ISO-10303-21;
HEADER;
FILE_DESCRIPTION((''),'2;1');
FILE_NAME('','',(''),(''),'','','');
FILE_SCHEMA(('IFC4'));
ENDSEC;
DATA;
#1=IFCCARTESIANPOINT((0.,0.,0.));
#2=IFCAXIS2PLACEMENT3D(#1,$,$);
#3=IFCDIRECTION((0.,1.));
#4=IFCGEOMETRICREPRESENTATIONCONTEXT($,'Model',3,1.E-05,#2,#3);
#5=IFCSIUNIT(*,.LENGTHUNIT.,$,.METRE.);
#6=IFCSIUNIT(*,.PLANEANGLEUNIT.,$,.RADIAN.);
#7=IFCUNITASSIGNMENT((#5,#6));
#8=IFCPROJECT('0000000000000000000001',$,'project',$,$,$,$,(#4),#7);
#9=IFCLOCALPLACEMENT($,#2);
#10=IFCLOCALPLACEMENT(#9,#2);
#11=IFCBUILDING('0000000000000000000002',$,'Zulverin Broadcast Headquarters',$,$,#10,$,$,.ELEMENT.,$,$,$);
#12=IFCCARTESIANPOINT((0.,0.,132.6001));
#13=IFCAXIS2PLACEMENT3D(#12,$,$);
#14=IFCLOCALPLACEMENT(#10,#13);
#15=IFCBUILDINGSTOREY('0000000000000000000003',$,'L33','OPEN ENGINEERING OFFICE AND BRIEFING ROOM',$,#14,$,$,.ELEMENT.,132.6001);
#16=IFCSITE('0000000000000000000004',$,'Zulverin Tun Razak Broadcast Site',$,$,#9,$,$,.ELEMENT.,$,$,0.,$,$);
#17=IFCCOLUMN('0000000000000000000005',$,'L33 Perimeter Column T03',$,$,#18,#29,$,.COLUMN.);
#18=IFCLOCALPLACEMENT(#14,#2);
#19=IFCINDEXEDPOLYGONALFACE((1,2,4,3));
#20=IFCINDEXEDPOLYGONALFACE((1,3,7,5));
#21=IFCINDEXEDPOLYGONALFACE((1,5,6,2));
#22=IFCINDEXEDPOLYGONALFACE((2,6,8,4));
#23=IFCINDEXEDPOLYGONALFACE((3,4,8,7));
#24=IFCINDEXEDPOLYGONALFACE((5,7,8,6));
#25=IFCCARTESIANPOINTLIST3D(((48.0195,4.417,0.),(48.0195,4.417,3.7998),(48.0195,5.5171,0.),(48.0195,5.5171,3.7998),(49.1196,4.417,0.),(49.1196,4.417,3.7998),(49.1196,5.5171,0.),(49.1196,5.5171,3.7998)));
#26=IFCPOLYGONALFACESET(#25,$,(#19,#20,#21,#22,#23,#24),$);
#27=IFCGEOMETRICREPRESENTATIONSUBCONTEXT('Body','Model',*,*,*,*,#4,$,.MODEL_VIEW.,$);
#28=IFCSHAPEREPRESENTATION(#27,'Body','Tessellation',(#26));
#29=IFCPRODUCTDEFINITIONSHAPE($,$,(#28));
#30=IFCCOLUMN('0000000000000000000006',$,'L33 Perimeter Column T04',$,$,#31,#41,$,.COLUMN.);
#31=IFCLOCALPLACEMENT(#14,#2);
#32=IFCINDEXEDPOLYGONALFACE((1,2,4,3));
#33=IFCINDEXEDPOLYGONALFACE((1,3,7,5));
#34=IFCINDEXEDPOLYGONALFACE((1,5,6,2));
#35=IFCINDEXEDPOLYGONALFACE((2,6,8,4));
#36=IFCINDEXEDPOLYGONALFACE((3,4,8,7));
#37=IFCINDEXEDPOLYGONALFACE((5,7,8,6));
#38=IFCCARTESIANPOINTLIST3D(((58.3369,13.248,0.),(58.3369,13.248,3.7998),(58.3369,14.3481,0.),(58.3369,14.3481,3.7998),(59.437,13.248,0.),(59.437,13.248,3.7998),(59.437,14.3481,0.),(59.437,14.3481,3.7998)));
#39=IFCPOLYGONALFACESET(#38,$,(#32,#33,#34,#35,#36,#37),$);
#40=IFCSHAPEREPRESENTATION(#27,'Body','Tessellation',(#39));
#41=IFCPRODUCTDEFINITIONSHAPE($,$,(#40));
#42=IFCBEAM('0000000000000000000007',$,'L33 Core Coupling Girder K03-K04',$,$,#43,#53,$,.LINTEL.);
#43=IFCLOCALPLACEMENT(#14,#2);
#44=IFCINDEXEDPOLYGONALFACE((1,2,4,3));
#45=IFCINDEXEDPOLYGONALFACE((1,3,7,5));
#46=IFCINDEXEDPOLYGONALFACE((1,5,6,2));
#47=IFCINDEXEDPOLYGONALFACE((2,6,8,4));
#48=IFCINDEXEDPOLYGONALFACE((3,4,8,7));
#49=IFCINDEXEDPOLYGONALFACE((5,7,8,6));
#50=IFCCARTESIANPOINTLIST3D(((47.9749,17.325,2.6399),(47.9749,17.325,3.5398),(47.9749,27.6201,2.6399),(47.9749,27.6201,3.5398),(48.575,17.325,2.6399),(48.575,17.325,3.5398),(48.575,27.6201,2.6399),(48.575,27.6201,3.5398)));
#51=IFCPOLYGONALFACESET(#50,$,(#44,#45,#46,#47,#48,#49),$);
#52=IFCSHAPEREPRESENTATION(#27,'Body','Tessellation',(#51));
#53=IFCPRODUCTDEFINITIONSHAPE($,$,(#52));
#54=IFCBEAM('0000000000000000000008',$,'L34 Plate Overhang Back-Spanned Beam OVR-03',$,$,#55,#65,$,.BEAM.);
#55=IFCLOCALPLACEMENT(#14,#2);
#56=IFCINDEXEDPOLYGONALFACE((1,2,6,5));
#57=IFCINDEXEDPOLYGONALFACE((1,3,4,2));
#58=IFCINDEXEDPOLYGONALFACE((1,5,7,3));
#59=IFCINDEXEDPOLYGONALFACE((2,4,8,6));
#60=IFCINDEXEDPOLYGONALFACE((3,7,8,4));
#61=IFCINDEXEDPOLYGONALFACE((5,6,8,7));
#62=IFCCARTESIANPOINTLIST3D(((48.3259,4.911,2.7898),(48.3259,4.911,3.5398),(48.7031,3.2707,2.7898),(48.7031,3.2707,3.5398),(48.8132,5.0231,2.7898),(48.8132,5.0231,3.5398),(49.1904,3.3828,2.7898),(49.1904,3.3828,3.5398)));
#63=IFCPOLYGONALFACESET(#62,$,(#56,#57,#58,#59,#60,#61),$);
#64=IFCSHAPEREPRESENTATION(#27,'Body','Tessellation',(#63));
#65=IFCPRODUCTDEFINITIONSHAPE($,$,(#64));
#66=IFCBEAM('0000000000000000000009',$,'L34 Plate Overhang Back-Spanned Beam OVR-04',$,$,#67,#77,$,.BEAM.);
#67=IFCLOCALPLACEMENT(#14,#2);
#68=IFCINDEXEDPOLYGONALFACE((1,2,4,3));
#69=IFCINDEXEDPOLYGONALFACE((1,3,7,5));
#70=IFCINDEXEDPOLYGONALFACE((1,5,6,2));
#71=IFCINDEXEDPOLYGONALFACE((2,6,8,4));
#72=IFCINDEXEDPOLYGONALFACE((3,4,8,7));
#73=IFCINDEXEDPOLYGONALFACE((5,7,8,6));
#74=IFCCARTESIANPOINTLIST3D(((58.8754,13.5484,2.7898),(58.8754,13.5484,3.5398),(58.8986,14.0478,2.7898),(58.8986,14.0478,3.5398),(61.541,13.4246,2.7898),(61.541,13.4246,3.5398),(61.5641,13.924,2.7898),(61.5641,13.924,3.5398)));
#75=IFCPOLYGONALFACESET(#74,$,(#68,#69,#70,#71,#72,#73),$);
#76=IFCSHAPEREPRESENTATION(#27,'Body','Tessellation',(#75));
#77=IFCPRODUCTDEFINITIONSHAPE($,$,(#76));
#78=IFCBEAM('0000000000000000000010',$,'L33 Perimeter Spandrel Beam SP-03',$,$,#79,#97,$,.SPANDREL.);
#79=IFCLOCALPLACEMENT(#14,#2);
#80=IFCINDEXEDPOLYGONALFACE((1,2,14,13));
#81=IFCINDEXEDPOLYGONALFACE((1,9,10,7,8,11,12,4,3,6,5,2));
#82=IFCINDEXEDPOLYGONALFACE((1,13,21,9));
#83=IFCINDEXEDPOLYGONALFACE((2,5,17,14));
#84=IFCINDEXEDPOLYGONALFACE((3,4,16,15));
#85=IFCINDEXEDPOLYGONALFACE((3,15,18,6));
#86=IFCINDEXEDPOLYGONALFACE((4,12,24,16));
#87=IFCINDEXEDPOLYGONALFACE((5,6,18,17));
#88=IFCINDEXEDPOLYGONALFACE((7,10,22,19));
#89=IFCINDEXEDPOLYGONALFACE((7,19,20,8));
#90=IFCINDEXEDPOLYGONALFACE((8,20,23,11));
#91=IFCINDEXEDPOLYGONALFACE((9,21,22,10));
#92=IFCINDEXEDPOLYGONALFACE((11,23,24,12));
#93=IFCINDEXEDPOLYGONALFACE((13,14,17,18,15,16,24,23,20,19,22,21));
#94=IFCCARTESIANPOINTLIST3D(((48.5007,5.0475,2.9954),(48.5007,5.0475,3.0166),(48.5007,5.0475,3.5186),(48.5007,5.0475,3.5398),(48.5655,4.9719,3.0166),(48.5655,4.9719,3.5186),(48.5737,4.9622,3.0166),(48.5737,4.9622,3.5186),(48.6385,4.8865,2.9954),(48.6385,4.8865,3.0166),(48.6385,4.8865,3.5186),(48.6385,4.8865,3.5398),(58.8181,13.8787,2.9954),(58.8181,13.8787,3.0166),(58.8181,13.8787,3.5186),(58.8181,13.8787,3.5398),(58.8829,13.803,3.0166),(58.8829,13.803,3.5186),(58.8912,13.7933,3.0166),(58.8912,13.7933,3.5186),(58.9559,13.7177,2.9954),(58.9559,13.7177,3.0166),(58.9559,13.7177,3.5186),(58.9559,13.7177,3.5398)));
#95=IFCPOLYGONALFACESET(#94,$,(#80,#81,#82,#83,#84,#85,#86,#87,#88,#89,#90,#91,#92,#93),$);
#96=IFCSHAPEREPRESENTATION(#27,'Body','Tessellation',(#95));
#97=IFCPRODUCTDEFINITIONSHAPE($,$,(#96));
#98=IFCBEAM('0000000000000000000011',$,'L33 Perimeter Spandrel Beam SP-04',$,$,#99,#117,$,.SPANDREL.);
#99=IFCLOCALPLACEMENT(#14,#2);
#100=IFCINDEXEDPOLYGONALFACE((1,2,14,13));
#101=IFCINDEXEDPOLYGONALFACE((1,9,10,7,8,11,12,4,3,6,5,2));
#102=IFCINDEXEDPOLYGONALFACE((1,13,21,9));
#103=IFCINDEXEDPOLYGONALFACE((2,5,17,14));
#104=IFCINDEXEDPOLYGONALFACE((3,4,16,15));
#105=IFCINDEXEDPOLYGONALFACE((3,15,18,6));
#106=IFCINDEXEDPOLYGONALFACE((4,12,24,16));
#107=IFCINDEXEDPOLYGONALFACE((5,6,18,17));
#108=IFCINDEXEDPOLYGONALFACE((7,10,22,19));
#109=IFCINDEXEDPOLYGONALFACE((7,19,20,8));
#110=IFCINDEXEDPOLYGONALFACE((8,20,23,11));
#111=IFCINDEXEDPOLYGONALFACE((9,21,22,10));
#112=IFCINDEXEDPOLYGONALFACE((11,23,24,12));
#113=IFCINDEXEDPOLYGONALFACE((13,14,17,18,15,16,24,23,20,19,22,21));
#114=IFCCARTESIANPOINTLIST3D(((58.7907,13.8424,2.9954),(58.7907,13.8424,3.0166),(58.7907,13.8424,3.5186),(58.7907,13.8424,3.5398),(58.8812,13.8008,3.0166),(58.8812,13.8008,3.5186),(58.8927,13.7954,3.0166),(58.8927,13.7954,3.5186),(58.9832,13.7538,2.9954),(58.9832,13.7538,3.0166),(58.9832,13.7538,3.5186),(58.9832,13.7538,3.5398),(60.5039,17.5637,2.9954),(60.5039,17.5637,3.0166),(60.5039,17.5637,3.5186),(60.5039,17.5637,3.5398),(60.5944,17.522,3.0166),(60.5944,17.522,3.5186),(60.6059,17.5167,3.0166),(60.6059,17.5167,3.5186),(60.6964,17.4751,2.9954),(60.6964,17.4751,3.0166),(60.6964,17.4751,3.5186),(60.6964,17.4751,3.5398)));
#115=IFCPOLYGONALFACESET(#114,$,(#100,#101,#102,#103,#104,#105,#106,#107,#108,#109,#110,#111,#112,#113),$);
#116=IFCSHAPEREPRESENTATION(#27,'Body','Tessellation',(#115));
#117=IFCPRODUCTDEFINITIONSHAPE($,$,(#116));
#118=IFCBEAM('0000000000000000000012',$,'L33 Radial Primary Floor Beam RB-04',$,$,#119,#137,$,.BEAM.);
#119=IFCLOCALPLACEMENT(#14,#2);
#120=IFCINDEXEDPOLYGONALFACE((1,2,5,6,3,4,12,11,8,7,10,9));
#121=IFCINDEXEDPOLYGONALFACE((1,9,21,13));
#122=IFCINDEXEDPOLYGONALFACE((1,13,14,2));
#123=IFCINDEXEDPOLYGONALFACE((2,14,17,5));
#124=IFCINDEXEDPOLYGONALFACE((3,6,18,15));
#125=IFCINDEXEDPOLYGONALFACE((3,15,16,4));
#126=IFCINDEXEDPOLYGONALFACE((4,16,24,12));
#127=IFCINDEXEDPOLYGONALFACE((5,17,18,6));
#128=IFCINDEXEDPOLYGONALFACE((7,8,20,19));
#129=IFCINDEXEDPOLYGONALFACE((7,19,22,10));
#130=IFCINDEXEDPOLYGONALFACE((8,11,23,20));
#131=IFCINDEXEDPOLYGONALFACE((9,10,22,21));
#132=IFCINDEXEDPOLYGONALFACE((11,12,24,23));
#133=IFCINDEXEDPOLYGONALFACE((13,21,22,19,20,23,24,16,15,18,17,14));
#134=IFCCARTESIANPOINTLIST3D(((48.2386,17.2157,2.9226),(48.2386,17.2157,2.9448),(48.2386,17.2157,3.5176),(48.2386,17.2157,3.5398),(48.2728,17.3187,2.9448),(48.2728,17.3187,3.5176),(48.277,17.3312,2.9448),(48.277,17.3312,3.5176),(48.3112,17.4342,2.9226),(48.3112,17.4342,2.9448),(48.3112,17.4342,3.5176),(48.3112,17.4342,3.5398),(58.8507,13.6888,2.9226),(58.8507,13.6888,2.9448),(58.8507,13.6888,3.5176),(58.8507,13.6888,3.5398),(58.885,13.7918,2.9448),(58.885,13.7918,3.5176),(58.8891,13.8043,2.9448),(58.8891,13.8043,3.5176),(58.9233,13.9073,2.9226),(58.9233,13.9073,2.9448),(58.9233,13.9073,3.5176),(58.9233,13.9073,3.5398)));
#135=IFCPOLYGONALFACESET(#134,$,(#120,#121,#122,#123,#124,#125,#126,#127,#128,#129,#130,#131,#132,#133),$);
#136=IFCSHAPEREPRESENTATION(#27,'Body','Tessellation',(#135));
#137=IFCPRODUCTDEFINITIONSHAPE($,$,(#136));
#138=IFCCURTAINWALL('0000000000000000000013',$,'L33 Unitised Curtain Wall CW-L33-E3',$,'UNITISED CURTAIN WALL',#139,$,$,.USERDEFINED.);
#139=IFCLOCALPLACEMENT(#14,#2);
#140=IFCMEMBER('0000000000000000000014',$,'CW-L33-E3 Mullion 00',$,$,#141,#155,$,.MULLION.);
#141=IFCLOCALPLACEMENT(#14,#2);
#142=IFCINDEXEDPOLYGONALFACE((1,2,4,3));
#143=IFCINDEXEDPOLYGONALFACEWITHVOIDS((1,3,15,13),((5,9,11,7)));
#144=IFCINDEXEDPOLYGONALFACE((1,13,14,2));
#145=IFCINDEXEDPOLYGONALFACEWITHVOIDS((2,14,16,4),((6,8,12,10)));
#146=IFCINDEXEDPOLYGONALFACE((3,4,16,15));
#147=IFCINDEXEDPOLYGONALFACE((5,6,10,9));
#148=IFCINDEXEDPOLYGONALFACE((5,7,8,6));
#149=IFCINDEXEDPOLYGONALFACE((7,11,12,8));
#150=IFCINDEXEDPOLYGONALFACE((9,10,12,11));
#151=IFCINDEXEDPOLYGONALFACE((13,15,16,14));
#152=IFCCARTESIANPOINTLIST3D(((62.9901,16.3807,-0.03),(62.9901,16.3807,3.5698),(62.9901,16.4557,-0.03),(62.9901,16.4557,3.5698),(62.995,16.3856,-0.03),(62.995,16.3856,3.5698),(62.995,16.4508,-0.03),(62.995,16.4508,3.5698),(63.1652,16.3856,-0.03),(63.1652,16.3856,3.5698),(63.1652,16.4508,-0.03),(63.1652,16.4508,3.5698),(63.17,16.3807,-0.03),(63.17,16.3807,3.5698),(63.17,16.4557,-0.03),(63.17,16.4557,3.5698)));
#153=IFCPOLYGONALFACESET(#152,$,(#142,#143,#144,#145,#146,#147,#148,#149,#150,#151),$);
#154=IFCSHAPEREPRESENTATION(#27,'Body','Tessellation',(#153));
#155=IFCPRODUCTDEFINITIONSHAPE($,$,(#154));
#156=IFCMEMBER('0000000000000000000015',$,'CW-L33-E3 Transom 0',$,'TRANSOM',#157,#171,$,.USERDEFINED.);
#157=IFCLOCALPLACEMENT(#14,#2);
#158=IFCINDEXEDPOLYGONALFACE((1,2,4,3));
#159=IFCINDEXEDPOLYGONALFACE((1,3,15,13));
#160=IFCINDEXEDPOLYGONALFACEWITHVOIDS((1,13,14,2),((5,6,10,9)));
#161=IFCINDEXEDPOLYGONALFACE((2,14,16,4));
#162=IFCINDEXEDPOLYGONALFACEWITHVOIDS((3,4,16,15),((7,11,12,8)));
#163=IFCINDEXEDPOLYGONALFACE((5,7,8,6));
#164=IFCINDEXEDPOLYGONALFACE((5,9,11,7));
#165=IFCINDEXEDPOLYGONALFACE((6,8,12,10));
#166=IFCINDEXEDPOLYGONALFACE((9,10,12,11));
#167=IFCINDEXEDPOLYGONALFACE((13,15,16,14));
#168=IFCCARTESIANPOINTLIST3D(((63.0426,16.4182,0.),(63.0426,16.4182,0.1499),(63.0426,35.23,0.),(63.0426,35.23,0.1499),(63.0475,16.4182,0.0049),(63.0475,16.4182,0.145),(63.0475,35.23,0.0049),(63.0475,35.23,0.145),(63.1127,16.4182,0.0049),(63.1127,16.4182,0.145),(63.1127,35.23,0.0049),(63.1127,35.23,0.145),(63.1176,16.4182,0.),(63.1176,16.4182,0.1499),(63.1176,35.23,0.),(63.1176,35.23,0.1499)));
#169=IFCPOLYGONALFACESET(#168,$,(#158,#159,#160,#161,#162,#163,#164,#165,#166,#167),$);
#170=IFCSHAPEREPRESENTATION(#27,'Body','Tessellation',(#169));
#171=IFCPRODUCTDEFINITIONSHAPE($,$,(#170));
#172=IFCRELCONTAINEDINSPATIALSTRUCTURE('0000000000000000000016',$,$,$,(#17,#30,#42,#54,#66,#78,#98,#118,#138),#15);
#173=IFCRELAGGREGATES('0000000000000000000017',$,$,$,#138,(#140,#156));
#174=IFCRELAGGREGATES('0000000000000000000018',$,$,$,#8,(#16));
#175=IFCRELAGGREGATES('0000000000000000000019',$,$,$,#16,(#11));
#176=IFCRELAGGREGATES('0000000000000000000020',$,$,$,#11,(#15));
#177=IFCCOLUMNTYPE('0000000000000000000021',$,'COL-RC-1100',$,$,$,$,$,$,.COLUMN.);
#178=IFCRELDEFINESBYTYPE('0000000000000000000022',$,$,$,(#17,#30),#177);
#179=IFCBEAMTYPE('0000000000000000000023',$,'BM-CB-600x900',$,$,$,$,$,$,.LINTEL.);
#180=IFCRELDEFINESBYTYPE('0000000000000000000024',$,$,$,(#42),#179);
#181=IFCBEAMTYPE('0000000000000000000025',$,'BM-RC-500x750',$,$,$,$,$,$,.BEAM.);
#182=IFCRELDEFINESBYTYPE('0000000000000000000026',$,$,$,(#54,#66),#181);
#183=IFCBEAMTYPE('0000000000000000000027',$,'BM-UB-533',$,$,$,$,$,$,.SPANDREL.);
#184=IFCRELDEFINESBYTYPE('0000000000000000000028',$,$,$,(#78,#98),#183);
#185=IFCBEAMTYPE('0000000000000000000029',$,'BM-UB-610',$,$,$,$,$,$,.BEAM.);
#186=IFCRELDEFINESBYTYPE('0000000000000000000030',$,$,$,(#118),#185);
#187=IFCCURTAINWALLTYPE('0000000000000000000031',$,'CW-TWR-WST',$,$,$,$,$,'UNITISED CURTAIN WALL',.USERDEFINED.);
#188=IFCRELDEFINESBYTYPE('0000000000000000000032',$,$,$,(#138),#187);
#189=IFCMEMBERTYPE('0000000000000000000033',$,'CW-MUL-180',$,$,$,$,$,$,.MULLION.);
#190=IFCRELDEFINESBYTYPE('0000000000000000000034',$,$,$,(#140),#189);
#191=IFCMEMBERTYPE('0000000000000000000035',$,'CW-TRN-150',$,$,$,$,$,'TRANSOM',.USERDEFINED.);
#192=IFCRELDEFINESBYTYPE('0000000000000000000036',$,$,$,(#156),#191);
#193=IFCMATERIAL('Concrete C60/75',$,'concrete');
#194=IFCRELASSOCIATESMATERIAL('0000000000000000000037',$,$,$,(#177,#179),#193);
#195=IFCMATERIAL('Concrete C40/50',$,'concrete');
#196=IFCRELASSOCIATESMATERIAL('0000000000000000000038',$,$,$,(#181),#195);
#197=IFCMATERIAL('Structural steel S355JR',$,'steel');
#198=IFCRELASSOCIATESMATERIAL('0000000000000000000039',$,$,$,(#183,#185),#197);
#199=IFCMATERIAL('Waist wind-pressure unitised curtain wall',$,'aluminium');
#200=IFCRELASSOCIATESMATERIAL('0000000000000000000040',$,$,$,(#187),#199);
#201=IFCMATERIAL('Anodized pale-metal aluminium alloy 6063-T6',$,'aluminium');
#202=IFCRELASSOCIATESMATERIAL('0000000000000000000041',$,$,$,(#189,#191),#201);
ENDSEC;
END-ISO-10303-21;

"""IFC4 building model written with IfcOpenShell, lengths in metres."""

from ifc_helpers import new_model, si_unit, direction, frame, origin, origin_2d, place, context, subcontext, project, spatial, rectangle, hollow_rectangle, i_section, extrude, material, material_profile, profile_set, type_object, element, aggregate, save


model = new_model("IFC4")

# Units and contexts
model_context = context("Model", 3, precision=1e-05, world=origin(), true_north=direction((0.0, 1.0)))
body_context = subcontext(model_context, "Body", "Model", "MODEL_VIEW")
ifc_project = project(units=[si_unit("LENGTHUNIT", "METRE"), si_unit("PLANEANGLEUNIT", "RADIAN")], contexts=[model_context])

# Site, building, storey
site_placement = place(None, origin())
site = spatial("IfcSite", under=ifc_project, at=site_placement, Name="Zulverin Tun Razak Broadcast Site", CompositionType="ELEMENT", RefElevation=0.0)
building_placement = place(site_placement, origin())
building = spatial("IfcBuilding", under=site, at=building_placement, Name="Zulverin Broadcast Headquarters", CompositionType="ELEMENT")
storey_placement = place(building_placement, frame((0.0, 0.0, 132.6001)))
storey = spatial("IfcBuildingStorey", under=building, at=storey_placement, Name="L33", Description="OPEN ENGINEERING OFFICE AND BRIEFING ROOM", CompositionType="ELEMENT", Elevation=132.6001)

# Columns
ifc_material_1 = material(Name="Concrete C60/75", Category="concrete")
ifc_material_profile_1 = material_profile(ifc_material_1, rectangle(XDim=1.1001, YDim=1.1001, at=origin_2d()), Name="Concrete C60/75", Category="concrete")
ifc_profile_set_1 = profile_set([ifc_material_profile_1], Name="Concrete C60/75")
column_type = type_object("IfcColumnType", Name="COL-RC-1100", PredefinedType="COLUMN", material=ifc_profile_set_1)
for number, where, z_axis, x_axis, name in (
    (1, (48.5696, 4.967, 0.0), (0.0, 0.0, 1.0), (1.0, 0.0, 0.0), "L33 Perimeter Column T03"),
    (2, (58.887, 13.7981, 0.0), (0.0, 0.0, 1.0), (1.0, 0.0, 0.0), "L33 Perimeter Column T04"),
):
    element("IfcColumn", number, at=place(storey_placement, frame(where, z_axis=z_axis, x_axis=x_axis)), inside=storey, type_object=column_type, Name=name, PredefinedType="COLUMN", context=body_context, shape_type="SweptSolid", body=[
        extrude(rectangle(XDim=1.1001, YDim=1.1001, at=origin_2d()), origin(), (0.0, 0.0, 1.0), 3.7998),
    ])

# Beams
ifc_material_profile_2 = material_profile(ifc_material_1, rectangle(XDim=0.6001, YDim=0.8999, at=origin_2d()), Name="Concrete C60/75", Category="concrete")
ifc_profile_set_2 = profile_set([ifc_material_profile_2], Name="Concrete C60/75")
beam_type_1 = type_object("IfcBeamType", Name="BM-CB-600x900", PredefinedType="LINTEL", material=ifc_profile_set_2)
beam_1_placement = place(storey_placement, frame((48.2749, 17.325, 3.0898), z_axis=(0.0, 1.0, 0.0), x_axis=(-1.0, 0.0, 0.0)))
element("IfcBeam", 3, at=beam_1_placement, inside=storey, type_object=beam_type_1, Name="L33 Core Coupling Girder K03-K04", PredefinedType="LINTEL", context=body_context, shape_type="SweptSolid", body=[
    extrude(rectangle(XDim=0.6001, YDim=0.8999, at=origin_2d()), origin(), (0.0, 0.0, 1.0), 10.2952),
])
ifc_material_2 = material(Name="Concrete C40/50", Category="concrete")
ifc_material_profile_3 = material_profile(ifc_material_2, rectangle(XDim=0.5, YDim=0.75, at=origin_2d()), Name="Concrete C40/50", Category="concrete")
ifc_profile_set_3 = profile_set([ifc_material_profile_3], Name="Concrete C40/50")
beam_type_2 = type_object("IfcBeamType", Name="BM-RC-500x750", PredefinedType="BEAM", material=ifc_profile_set_3)
beam_2_placement = place(storey_placement, frame((48.5696, 4.967, 3.1648), z_axis=(0.224097, -0.974567, 0.0), x_axis=(0.974567, 0.224097, 0.0)))
element("IfcBeam", 4, at=beam_2_placement, inside=storey, type_object=beam_type_2, Name="L34 Plate Overhang Back-Spanned Beam OVR-03", PredefinedType="BEAM", context=body_context, shape_type="SweptSolid", body=[
    extrude(rectangle(XDim=0.5, YDim=0.75, at=origin_2d()), origin(), (0.0, 0.0, 1.0), 1.6831),
])
beam_3_placement = place(storey_placement, frame((58.887, 13.7981, 3.1648), z_axis=(0.998924, -0.046387, 0.0), x_axis=(0.046387, 0.998924, 0.0)))
element("IfcBeam", 5, at=beam_3_placement, inside=storey, type_object=beam_type_2, Name="L34 Plate Overhang Back-Spanned Beam OVR-04", PredefinedType="BEAM", context=body_context, shape_type="SweptSolid", body=[
    extrude(rectangle(XDim=0.5, YDim=0.75, at=origin_2d()), origin(), (0.0, 0.0, 1.0), 2.6685),
])
ifc_material_3 = material(Name="Structural steel S355JR", Category="steel")
ifc_material_profile_4 = material_profile(ifc_material_3, i_section(OverallWidth=0.2119, OverallDepth=0.5444, WebThickness=0.0127, FlangeThickness=0.0212, at=origin_2d()), Name="Structural steel S355JR", Category="steel")
ifc_profile_set_4 = profile_set([ifc_material_profile_4], Name="Structural steel S355JR")
beam_type_3 = type_object("IfcBeamType", Name="BM-UB-533", PredefinedType="SPANDREL", material=ifc_profile_set_4)
beam_4_placement = place(storey_placement, frame((48.5696, 4.967, 3.2676), z_axis=(0.759708, 0.650264, 0.0), x_axis=(-0.650264, 0.759708, 0.0)))
element("IfcBeam", 6, at=beam_4_placement, inside=storey, type_object=beam_type_3, Name="L33 Perimeter Spandrel Beam SP-03", PredefinedType="SPANDREL", context=body_context, shape_type="SweptSolid", body=[
    extrude(i_section(OverallWidth=0.2119, OverallDepth=0.5444, WebThickness=0.0127, FlangeThickness=0.0212, at=origin_2d()), origin(), (0.0, 0.0, 1.0), 13.5808),
])
beam_5_placement = place(storey_placement, frame((58.887, 13.7981, 3.2676), z_axis=(0.418185, 0.908362, 0.0), x_axis=(-0.908362, 0.418185, 0.0)))
element("IfcBeam", 7, at=beam_5_placement, inside=storey, type_object=beam_type_3, Name="L33 Perimeter Spandrel Beam SP-04", PredefinedType="SPANDREL", context=body_context, shape_type="SweptSolid", body=[
    extrude(i_section(OverallWidth=0.2119, OverallDepth=0.5444, WebThickness=0.0127, FlangeThickness=0.0212, at=origin_2d()), origin(), (0.0, 0.0, 1.0), 4.0967),
])
ifc_material_profile_5 = material_profile(ifc_material_3, i_section(OverallWidth=0.2302, OverallDepth=0.6172, WebThickness=0.0132, FlangeThickness=0.0222, at=origin_2d()), Name="Structural steel S355JR", Category="steel")
ifc_profile_set_5 = profile_set([ifc_material_profile_5], Name="Structural steel S355JR")
beam_type_4 = type_object("IfcBeamType", Name="BM-UB-610", PredefinedType="BEAM", material=ifc_profile_set_5)
beam_6_placement = place(storey_placement, frame((48.2749, 17.325, 3.2312), z_axis=(0.948965, -0.315383, 0.0), x_axis=(0.315383, 0.948965, 0.0)))
element("IfcBeam", 8, at=beam_6_placement, inside=storey, type_object=beam_type_4, Name="L33 Radial Primary Floor Beam RB-04", PredefinedType="BEAM", context=body_context, shape_type="SweptSolid", body=[
    extrude(i_section(OverallWidth=0.2302, OverallDepth=0.6172, WebThickness=0.0132, FlangeThickness=0.0222, at=origin_2d()), origin(), (0.0, 0.0, 1.0), 11.1829),
])

# Curtain wall, members
ifc_material_4 = material(Name="Waist wind-pressure unitised curtain wall", Category="aluminium")
curtain_wall_type = type_object("IfcCurtainWallType", Name="CW-TWR-WST", ElementType="UNITISED CURTAIN WALL", PredefinedType="USERDEFINED", material=ifc_material_4)
curtain_wall_placement = place(storey_placement, origin())
curtain_wall = element("IfcCurtainWall", 9, at=curtain_wall_placement, inside=storey, type_object=curtain_wall_type, Name="L33 Unitised Curtain Wall CW-L33-E3", ObjectType="UNITISED CURTAIN WALL", PredefinedType="USERDEFINED")
ifc_material_5 = material(Name="Anodized pale-metal aluminium alloy 6063-T6", Category="aluminium")
ifc_material_profile_6 = material_profile(ifc_material_5, hollow_rectangle(XDim=0.075, YDim=0.1799, WallThickness=0.0049, at=origin_2d()), Name="Anodized pale-metal aluminium alloy 6063-T6", Category="aluminium")
ifc_profile_set_6 = profile_set([ifc_material_profile_6], Name="Anodized pale-metal aluminium alloy 6063-T6")
member_type_1 = type_object("IfcMemberType", Name="CW-MUL-180", PredefinedType="MULLION", material=ifc_profile_set_6)
member_1_placement = place(storey_placement, frame((63.0801, 16.4182, -0.03), z_axis=(0.0, 0.0, 1.0), x_axis=(0.0, 1.0, 0.0)))
member_1 = element("IfcMember", 10, at=member_1_placement, type_object=member_type_1, Name="CW-L33-E3 Mullion 00", PredefinedType="MULLION", context=body_context, shape_type="SweptSolid", body=[
    extrude(hollow_rectangle(XDim=0.075, YDim=0.1799, WallThickness=0.0049, at=origin_2d()), origin(), (0.0, 0.0, 1.0), 3.5999),
])
ifc_material_profile_7 = material_profile(ifc_material_5, hollow_rectangle(XDim=0.075, YDim=0.1499, WallThickness=0.0049, at=origin_2d()), Name="Anodized pale-metal aluminium alloy 6063-T6", Category="aluminium")
ifc_profile_set_7 = profile_set([ifc_material_profile_7], Name="Anodized pale-metal aluminium alloy 6063-T6")
member_type_2 = type_object("IfcMemberType", Name="CW-TRN-150", ElementType="TRANSOM", PredefinedType="USERDEFINED", material=ifc_profile_set_7)
member_2_placement = place(storey_placement, frame((63.0801, 16.4182, 0.075), z_axis=(0.0, 1.0, 0.0), x_axis=(-1.0, 0.0, 0.0)))
member_2 = element("IfcMember", 11, at=member_2_placement, type_object=member_type_2, Name="CW-L33-E3 Transom 0", ObjectType="TRANSOM", PredefinedType="USERDEFINED", context=body_context, shape_type="SweptSolid", body=[
    extrude(hollow_rectangle(XDim=0.075, YDim=0.1499, WallThickness=0.0049, at=origin_2d()), origin(), (0.0, 0.0, 1.0), 18.8118),
])
aggregate(curtain_wall, [member_1, member_2])

save(model, "model.ifc")
